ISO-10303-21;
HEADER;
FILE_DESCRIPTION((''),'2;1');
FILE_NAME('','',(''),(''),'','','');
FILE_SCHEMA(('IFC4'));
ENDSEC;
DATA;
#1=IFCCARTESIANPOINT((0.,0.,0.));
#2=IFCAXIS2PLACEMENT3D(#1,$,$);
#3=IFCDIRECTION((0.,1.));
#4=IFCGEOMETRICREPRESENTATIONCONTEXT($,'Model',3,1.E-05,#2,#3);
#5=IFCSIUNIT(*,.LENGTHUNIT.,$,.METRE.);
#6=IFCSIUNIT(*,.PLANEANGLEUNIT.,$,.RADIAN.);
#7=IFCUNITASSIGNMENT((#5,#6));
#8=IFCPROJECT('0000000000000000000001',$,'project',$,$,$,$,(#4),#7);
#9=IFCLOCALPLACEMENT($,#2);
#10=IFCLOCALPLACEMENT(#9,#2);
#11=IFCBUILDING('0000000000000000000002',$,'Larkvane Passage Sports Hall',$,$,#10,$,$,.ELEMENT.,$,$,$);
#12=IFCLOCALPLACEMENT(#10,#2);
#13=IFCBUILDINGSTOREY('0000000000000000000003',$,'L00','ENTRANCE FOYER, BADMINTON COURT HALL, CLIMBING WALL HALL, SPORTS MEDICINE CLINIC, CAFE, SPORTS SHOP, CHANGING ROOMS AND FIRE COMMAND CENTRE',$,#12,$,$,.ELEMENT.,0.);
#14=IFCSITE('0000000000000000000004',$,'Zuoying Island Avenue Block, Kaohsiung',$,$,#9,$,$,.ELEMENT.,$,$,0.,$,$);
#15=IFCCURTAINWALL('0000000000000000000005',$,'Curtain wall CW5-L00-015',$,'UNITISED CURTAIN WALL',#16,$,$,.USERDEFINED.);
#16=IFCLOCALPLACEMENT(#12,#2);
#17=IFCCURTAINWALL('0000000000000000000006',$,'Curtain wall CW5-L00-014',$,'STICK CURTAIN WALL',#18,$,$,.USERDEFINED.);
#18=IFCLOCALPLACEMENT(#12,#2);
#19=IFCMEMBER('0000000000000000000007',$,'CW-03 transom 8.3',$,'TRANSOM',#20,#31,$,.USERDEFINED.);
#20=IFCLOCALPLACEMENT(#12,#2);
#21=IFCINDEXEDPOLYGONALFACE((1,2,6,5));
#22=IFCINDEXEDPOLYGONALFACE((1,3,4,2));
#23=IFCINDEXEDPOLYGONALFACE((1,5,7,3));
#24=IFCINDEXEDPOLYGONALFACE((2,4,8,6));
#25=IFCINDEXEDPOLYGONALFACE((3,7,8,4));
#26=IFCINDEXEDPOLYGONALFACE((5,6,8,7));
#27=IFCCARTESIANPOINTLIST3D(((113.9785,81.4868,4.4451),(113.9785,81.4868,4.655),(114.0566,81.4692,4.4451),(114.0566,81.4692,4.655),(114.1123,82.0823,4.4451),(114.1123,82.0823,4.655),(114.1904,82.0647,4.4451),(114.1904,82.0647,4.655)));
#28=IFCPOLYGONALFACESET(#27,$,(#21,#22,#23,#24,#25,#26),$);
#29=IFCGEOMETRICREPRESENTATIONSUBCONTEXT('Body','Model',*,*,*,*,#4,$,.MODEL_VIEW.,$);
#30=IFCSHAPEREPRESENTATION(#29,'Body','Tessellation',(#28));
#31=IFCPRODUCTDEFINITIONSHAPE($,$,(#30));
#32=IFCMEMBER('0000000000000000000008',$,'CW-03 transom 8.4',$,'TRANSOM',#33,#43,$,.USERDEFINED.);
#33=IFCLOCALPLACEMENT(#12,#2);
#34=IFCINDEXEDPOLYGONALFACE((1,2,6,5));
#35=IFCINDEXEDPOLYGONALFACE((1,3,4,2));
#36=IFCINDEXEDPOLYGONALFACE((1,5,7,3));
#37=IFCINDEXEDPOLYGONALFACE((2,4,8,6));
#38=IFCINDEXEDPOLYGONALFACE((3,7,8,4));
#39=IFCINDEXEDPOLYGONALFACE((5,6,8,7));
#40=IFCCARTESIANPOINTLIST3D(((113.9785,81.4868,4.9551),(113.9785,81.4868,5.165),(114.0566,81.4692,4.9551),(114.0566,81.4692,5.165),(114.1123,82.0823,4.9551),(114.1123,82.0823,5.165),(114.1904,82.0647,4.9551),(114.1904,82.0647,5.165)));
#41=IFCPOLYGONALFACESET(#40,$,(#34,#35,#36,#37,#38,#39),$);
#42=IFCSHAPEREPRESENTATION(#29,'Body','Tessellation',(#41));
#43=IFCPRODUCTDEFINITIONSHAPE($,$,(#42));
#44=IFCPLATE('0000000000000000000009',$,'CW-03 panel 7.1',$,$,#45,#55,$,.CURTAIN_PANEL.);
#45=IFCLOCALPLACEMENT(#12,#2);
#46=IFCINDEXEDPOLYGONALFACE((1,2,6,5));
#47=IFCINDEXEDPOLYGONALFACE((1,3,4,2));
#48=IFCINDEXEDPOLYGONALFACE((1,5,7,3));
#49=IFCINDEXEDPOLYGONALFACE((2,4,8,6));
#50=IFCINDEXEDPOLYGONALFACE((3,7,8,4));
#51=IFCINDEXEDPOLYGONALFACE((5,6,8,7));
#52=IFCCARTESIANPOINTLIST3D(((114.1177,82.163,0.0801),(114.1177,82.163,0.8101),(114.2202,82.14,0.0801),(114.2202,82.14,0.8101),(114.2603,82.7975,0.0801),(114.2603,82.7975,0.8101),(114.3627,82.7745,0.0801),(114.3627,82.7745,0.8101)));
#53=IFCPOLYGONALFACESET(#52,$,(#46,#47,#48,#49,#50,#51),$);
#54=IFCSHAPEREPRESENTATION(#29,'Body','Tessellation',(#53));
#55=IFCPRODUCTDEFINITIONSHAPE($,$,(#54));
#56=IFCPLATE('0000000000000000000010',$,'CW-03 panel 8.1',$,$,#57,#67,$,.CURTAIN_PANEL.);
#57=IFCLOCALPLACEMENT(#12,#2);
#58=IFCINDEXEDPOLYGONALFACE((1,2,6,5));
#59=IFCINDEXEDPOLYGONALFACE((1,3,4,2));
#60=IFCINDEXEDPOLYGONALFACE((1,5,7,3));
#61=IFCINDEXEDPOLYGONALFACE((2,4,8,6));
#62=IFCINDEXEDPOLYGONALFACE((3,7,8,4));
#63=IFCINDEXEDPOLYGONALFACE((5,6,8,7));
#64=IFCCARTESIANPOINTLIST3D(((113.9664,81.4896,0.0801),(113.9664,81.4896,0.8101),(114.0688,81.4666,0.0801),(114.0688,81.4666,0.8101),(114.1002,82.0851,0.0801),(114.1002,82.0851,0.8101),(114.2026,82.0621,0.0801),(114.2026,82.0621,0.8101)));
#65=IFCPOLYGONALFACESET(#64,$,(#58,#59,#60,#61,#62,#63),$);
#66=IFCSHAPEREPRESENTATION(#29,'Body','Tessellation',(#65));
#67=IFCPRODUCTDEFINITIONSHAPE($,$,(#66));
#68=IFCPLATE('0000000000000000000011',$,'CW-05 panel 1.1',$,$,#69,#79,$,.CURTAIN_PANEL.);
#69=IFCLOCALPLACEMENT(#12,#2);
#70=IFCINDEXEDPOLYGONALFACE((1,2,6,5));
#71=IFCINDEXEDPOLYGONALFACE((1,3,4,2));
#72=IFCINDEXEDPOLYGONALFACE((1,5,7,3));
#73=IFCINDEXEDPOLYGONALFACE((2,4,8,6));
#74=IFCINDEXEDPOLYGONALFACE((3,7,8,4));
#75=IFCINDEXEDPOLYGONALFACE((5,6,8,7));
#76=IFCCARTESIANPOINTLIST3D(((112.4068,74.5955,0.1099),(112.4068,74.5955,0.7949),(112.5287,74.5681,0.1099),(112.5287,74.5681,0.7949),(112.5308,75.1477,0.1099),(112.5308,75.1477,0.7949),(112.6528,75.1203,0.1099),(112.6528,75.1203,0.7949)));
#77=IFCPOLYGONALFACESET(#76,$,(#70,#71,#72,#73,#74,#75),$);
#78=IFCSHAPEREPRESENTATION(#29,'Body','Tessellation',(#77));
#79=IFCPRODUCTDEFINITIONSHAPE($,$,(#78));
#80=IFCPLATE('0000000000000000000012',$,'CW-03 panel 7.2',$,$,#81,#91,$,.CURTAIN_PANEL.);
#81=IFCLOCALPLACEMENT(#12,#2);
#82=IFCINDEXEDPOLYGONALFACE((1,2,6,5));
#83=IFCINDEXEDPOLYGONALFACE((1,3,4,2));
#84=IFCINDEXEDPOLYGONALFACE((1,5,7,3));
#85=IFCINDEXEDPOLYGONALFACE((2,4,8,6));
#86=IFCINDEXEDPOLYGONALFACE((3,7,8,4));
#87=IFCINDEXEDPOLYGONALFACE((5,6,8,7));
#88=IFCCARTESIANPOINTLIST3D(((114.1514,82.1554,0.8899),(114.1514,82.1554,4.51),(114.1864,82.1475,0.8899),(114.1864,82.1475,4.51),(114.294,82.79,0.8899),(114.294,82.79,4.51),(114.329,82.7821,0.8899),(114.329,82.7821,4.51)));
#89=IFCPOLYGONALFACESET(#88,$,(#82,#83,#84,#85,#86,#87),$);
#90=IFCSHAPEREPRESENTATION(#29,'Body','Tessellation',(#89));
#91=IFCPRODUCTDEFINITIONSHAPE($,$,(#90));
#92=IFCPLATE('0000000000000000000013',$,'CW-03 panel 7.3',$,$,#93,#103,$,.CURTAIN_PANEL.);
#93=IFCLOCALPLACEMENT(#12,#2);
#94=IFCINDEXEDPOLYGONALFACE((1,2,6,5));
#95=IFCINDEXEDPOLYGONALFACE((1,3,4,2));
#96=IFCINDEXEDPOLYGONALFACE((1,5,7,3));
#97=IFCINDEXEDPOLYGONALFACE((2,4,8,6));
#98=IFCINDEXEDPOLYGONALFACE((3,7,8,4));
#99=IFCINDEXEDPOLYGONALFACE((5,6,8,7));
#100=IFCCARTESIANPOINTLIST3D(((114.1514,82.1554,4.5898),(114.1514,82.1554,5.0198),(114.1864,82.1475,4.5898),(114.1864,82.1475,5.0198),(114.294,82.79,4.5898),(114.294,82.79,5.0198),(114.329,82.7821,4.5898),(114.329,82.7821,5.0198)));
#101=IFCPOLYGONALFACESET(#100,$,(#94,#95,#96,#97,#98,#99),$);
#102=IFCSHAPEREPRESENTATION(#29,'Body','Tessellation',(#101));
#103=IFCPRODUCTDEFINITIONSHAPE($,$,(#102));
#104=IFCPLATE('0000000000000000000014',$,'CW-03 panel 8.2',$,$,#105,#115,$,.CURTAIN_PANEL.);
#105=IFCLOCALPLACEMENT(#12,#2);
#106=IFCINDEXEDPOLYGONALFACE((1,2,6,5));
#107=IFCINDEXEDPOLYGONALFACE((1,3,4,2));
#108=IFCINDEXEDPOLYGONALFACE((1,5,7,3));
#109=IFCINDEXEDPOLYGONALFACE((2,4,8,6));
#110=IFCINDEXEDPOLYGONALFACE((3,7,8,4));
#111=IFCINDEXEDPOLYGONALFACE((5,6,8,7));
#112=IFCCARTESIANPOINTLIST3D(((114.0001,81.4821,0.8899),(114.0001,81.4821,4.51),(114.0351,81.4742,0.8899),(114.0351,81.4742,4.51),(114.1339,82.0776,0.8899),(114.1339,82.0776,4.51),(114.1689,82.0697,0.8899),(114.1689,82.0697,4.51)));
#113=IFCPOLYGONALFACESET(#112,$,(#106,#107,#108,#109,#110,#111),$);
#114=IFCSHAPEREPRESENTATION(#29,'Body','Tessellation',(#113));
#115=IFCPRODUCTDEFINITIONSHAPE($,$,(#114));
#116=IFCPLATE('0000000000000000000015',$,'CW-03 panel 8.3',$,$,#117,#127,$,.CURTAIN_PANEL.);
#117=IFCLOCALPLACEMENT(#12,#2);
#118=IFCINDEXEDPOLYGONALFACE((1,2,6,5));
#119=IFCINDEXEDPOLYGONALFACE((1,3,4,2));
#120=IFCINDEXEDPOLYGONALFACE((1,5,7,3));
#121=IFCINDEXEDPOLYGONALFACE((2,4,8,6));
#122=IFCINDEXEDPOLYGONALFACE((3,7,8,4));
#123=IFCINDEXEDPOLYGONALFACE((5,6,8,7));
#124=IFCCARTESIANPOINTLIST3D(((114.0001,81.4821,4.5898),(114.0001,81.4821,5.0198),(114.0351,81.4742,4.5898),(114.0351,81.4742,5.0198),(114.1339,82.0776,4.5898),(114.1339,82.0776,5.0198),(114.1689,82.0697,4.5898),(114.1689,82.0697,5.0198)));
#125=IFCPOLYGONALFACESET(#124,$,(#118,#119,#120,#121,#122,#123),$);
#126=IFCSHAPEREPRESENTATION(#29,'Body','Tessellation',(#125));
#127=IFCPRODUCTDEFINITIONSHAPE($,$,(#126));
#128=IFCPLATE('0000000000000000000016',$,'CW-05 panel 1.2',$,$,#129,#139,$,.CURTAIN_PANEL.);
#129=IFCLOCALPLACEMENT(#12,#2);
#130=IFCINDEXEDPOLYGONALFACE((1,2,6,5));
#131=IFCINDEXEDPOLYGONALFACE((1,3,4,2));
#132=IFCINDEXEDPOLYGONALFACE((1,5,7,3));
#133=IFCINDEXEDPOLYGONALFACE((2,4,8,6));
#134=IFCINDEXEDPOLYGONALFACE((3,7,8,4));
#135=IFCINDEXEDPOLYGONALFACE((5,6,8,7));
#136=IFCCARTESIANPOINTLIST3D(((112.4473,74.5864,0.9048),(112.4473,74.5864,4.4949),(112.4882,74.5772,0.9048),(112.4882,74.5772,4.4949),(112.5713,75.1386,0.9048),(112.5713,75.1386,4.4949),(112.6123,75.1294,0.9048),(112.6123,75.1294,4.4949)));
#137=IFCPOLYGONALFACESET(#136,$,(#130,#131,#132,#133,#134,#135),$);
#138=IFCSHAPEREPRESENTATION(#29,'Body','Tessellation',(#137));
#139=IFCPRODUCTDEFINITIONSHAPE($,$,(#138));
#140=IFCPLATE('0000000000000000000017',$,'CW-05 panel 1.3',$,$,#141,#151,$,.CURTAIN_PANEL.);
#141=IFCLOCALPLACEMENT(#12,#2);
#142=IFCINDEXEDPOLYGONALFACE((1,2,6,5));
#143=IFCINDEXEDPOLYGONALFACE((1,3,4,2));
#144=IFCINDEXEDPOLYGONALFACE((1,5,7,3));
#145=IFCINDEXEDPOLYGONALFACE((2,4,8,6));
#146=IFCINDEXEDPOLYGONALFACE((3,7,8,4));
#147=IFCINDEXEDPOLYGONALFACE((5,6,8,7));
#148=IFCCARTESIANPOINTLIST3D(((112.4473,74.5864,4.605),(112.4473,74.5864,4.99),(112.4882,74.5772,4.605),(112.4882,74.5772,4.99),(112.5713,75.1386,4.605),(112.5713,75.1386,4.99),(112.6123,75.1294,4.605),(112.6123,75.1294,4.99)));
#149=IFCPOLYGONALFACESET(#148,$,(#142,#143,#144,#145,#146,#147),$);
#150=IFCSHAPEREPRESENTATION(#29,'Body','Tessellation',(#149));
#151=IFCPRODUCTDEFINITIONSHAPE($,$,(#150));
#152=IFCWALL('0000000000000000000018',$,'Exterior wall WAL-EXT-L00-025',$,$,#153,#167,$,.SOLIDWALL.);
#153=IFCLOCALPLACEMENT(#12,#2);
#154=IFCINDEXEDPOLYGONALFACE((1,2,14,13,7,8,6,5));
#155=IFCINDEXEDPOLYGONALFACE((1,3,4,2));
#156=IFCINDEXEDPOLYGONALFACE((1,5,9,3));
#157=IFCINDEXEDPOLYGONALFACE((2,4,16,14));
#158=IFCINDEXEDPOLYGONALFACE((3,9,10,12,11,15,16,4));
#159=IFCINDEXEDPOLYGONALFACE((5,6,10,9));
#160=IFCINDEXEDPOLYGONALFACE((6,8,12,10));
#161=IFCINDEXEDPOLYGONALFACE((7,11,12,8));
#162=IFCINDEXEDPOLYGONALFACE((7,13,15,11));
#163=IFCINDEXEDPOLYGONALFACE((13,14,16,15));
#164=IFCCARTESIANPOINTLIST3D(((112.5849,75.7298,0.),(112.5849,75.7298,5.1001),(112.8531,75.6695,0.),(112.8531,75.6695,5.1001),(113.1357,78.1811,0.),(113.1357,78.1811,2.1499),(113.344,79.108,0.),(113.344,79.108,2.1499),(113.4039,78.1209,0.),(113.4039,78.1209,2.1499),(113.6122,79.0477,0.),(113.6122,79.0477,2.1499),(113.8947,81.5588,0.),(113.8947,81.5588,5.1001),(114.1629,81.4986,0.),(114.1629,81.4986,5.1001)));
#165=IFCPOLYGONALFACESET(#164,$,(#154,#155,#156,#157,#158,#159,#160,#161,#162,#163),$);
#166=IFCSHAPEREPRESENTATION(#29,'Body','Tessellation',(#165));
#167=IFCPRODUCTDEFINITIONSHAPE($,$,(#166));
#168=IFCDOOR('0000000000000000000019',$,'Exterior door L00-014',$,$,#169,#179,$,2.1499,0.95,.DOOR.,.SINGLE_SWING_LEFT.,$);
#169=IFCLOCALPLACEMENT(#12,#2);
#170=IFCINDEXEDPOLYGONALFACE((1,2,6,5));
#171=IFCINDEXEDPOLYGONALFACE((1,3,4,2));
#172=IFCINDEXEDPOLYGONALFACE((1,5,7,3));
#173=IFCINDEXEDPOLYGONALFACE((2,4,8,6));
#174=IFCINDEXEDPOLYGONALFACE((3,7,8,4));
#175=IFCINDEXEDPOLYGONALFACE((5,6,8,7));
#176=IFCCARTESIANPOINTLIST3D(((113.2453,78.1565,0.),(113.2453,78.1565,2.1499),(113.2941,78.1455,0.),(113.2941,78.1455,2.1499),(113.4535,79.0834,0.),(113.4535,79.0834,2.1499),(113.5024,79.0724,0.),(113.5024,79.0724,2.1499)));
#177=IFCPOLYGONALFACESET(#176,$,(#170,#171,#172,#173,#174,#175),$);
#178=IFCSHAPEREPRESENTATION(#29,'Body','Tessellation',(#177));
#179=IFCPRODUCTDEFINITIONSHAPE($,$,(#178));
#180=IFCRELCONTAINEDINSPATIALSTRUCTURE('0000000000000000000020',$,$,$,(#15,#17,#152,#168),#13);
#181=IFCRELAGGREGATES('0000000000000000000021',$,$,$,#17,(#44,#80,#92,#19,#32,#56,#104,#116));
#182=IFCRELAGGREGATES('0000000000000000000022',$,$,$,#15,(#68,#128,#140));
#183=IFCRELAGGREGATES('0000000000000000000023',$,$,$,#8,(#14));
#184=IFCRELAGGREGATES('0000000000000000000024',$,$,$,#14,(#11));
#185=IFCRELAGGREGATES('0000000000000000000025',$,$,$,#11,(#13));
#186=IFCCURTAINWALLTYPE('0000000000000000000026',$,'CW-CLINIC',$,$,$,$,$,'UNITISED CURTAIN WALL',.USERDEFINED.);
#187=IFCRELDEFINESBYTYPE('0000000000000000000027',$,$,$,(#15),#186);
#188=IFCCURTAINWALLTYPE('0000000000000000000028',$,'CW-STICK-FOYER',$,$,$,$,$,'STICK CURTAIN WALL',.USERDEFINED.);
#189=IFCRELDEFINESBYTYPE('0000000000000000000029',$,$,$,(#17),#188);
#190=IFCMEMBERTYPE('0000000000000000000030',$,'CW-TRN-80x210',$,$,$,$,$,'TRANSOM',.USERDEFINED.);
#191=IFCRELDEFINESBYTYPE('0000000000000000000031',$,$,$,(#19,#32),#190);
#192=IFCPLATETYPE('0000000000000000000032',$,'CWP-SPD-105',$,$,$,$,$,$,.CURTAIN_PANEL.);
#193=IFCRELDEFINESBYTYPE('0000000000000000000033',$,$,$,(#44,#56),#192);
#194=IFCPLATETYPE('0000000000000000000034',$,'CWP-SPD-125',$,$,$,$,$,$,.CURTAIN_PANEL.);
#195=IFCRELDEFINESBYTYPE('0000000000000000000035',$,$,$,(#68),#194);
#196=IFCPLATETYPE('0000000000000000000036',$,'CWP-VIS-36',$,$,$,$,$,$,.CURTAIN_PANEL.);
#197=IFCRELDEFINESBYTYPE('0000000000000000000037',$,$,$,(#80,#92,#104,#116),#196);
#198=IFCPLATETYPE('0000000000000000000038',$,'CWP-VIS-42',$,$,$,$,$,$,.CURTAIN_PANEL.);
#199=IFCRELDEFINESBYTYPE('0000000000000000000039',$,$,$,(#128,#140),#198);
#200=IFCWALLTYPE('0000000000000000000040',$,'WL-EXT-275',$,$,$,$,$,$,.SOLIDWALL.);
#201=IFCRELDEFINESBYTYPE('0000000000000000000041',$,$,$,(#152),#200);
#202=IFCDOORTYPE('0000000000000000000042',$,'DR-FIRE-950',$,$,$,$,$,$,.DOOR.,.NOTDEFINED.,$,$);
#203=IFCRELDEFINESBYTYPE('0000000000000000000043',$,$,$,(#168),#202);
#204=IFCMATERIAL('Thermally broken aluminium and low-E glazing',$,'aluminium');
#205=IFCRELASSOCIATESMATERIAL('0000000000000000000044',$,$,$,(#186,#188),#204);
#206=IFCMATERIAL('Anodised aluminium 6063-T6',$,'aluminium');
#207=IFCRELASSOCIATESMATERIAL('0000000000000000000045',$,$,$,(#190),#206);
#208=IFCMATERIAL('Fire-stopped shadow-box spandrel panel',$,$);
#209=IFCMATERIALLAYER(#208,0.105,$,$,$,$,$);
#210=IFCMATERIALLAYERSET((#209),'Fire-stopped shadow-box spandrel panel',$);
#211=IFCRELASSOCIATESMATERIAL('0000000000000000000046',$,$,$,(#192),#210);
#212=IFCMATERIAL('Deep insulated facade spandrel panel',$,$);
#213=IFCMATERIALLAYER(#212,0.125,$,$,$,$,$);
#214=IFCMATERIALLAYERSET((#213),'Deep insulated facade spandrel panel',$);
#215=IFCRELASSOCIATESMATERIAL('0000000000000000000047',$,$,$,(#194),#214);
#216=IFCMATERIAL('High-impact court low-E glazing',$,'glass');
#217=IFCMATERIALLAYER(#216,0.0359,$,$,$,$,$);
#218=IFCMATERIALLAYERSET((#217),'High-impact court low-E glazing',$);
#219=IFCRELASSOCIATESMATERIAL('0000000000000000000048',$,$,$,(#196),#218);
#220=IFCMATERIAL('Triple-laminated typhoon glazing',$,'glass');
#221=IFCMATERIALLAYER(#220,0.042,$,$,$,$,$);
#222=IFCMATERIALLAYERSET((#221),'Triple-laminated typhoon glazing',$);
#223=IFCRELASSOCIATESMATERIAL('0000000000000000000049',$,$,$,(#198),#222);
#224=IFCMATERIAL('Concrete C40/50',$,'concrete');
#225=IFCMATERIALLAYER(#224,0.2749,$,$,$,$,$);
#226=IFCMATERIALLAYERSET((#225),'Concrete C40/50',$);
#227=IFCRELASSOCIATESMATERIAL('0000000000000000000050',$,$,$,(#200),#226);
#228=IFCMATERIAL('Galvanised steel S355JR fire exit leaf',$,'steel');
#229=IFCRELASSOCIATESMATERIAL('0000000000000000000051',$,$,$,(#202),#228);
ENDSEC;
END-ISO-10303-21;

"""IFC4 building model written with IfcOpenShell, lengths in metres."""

from ifc_helpers import new_model, si_unit, direction, frame, frame_2d, origin, origin_2d, place, context, subcontext, project, spatial, rectangle, extrude, material, layer, layer_set, material_profile, profile_set, type_object, element, fill, aggregate, save


model = new_model("IFC4")

# Units and contexts
model_context = context("Model", 3, precision=1e-05, world=origin(), true_north=direction((0.0, 1.0)))
body_context = subcontext(model_context, "Body", "Model", "MODEL_VIEW")
ifc_project = project(units=[si_unit("LENGTHUNIT", "METRE"), si_unit("PLANEANGLEUNIT", "RADIAN")], contexts=[model_context])

# Site, building, storey
site_placement = place(None, origin())
site = spatial("IfcSite", under=ifc_project, at=site_placement, Name="Zuoying Island Avenue Block, Kaohsiung", CompositionType="ELEMENT", RefElevation=0.0)
building_placement = place(site_placement, origin())
building = spatial("IfcBuilding", under=site, at=building_placement, Name="Larkvane Passage Sports Hall", CompositionType="ELEMENT")
storey_placement = place(building_placement, origin())
storey = spatial("IfcBuildingStorey", under=building, at=storey_placement, Name="L00", Description="ENTRANCE FOYER, BADMINTON COURT HALL, CLIMBING WALL HALL, SPORTS MEDICINE CLINIC, CAFE, SPORTS SHOP, CHANGING ROOMS AND FIRE COMMAND CENTRE", CompositionType="ELEMENT", Elevation=0.0)

# Curtain walls
ifc_material_1 = material(Name="Thermally broken aluminium and low-E glazing", Category="aluminium")
curtain_wall_type_1 = type_object("IfcCurtainWallType", Name="CW-CLINIC", ElementType="UNITISED CURTAIN WALL", PredefinedType="USERDEFINED", material=ifc_material_1)
curtain_wall_1_placement = place(storey_placement, origin())
curtain_wall_1 = element("IfcCurtainWall", 1, at=curtain_wall_1_placement, inside=storey, type_object=curtain_wall_type_1, Name="Curtain wall CW5-L00-015", ObjectType="UNITISED CURTAIN WALL", PredefinedType="USERDEFINED")
ifc_material_2 = material(Name="Anodised aluminium 6063-T6", Category="aluminium")
curtain_wall_type_2 = type_object("IfcCurtainWallType", Name="CW-STICK-FOYER", ElementType="STICK CURTAIN WALL", PredefinedType="USERDEFINED", material=ifc_material_1)
curtain_wall_2_placement = place(storey_placement, origin())
curtain_wall_2 = element("IfcCurtainWall", 2, at=curtain_wall_2_placement, inside=storey, type_object=curtain_wall_type_2, Name="Curtain wall CW5-L00-014", ObjectType="STICK CURTAIN WALL", PredefinedType="USERDEFINED")

# Members
ifc_material_profile_1 = material_profile(ifc_material_2, rectangle(XDim=0.0801, YDim=0.21, at=origin_2d()), Name="ALU-TRN-80x210")
ifc_profile_set_1 = profile_set([ifc_material_profile_1], Name="Anodised aluminium 6063-T6")
member_type_1 = type_object("IfcMemberType", Name="CW-TRN-80x210", ElementType="TRANSOM", PredefinedType="USERDEFINED", material=ifc_profile_set_1)
member_1_placement = place(storey_placement, frame((114.1514, 82.0735, 4.55), z_axis=(-0.219217, -0.975676, 0.0), x_axis=(0.975676, -0.219217, 0.0)))
member_1 = element("IfcMember", 3, at=member_1_placement, type_object=member_type_1, Name="CW-03 transom 8.3", ObjectType="TRANSOM", PredefinedType="USERDEFINED", context=body_context, shape_type="SweptSolid", body=[
    extrude(rectangle(XDim=0.0801, YDim=0.21, at=origin_2d()), origin(), (0.0, 0.0, 1.0), 0.6104),
])
member_2_placement = place(storey_placement, frame((114.1514, 82.0735, 5.0601), z_axis=(-0.219217, -0.975676, 0.0), x_axis=(0.975676, -0.219217, 0.0)))
member_2 = element("IfcMember", 4, at=member_2_placement, type_object=member_type_1, Name="CW-03 transom 8.4", ObjectType="TRANSOM", PredefinedType="USERDEFINED", context=body_context, shape_type="SweptSolid", body=[
    extrude(rectangle(XDim=0.0801, YDim=0.21, at=origin_2d()), origin(), (0.0, 0.0, 1.0), 0.6104),
])

# Plates
ifc_material_3 = material(Name="Fire-stopped shadow-box spandrel panel")
ifc_layer_1 = layer(ifc_material_3, 0.105)
ifc_layer_set_1 = layer_set([ifc_layer_1], Name="Fire-stopped shadow-box spandrel panel")
plate_type_1 = type_object("IfcPlateType", Name="CWP-SPD-105", PredefinedType="CURTAIN_PANEL", material=ifc_layer_set_1)
plate_1_placement = place(storey_placement, frame((114.2402, 82.4688, 0.0801), z_axis=(0.0, 0.0, 1.0), x_axis=(-0.219244, -0.97567, 0.0)))
plate_1 = element("IfcPlate", 5, at=plate_1_placement, type_object=plate_type_1, Name="CW-03 panel 7.1", PredefinedType="CURTAIN_PANEL", context=body_context, shape_type="SweptSolid", body=[
    extrude(rectangle(XDim=0.6504, YDim=0.105, at=origin_2d()), origin(), (0.0, 0.0, 1.0), 0.73),
])
plate_2_placement = place(storey_placement, frame((114.0845, 81.7759, 0.0801), z_axis=(0.0, 0.0, 1.0), x_axis=(-0.219244, -0.97567, 0.0)))
plate_2 = element("IfcPlate", 6, at=plate_2_placement, type_object=plate_type_1, Name="CW-03 panel 8.1", PredefinedType="CURTAIN_PANEL", context=body_context, shape_type="SweptSolid", body=[
    extrude(rectangle(XDim=0.6104, YDim=0.105, at=origin_2d()), origin(), (0.0, 0.0, 1.0), 0.73),
])
ifc_material_4 = material(Name="Deep insulated facade spandrel panel")
ifc_layer_2 = layer(ifc_material_4, 0.125)
ifc_layer_set_2 = layer_set([ifc_layer_2], Name="Deep insulated facade spandrel panel")
plate_type_2 = type_object("IfcPlateType", Name="CWP-SPD-125", PredefinedType="CURTAIN_PANEL", material=ifc_layer_set_2)
plate_3_placement = place(storey_placement, frame((112.5298, 74.8579, 0.1099), z_axis=(0.0, 0.0, 1.0), x_axis=(-0.219244, -0.97567, 0.0)))
plate_3 = element("IfcPlate", 7, at=plate_3_placement, type_object=plate_type_2, Name="CW-05 panel 1.1", PredefinedType="CURTAIN_PANEL", context=body_context, shape_type="SweptSolid", body=[
    extrude(rectangle(XDim=0.5659, YDim=0.125, at=origin_2d()), origin(), (0.0, 0.0, 1.0), 0.6851),
])
ifc_material_5 = material(Name="High-impact court low-E glazing", Category="glass")
ifc_layer_3 = layer(ifc_material_5, 0.0359)
ifc_layer_set_3 = layer_set([ifc_layer_3], Name="High-impact court low-E glazing")
plate_type_3 = type_object("IfcPlateType", Name="CWP-VIS-36", PredefinedType="CURTAIN_PANEL", material=ifc_layer_set_3)
plate_4_placement = place(storey_placement, frame((114.2402, 82.4688, 0.8899), z_axis=(0.0, 0.0, 1.0), x_axis=(-0.219244, -0.97567, 0.0)))
plate_4 = element("IfcPlate", 8, at=plate_4_placement, type_object=plate_type_3, Name="CW-03 panel 7.2", PredefinedType="CURTAIN_PANEL", context=body_context, shape_type="SweptSolid", body=[
    extrude(rectangle(XDim=0.6504, YDim=0.0359, at=origin_2d()), origin(), (0.0, 0.0, 1.0), 3.6201),
])
plate_5_placement = place(storey_placement, frame((114.2402, 82.4688, 4.5898), z_axis=(0.0, 0.0, 1.0), x_axis=(-0.219244, -0.97567, 0.0)))
plate_5 = element("IfcPlate", 9, at=plate_5_placement, type_object=plate_type_3, Name="CW-03 panel 7.3", PredefinedType="CURTAIN_PANEL", context=body_context, shape_type="SweptSolid", body=[
    extrude(rectangle(XDim=0.6504, YDim=0.0359, at=origin_2d()), origin(), (0.0, 0.0, 1.0), 0.4299),
])
plate_6_placement = place(storey_placement, frame((114.0845, 81.7759, 0.8899), z_axis=(0.0, 0.0, 1.0), x_axis=(-0.219244, -0.97567, 0.0)))
plate_6 = element("IfcPlate", 10, at=plate_6_placement, type_object=plate_type_3, Name="CW-03 panel 8.2", PredefinedType="CURTAIN_PANEL", context=body_context, shape_type="SweptSolid", body=[
    extrude(rectangle(XDim=0.6104, YDim=0.0359, at=origin_2d()), origin(), (0.0, 0.0, 1.0), 3.6201),
])
plate_7_placement = place(storey_placement, frame((114.0845, 81.7759, 4.5898), z_axis=(0.0, 0.0, 1.0), x_axis=(-0.219244, -0.97567, 0.0)))
plate_7 = element("IfcPlate", 11, at=plate_7_placement, type_object=plate_type_3, Name="CW-03 panel 8.3", PredefinedType="CURTAIN_PANEL", context=body_context, shape_type="SweptSolid", body=[
    extrude(rectangle(XDim=0.6104, YDim=0.0359, at=origin_2d()), origin(), (0.0, 0.0, 1.0), 0.4299),
])
aggregate(curtain_wall_2, [plate_1, plate_4, plate_5, member_1, member_2, plate_2, plate_6, plate_7])
ifc_material_6 = material(Name="Triple-laminated typhoon glazing", Category="glass")
ifc_layer_4 = layer(ifc_material_6, 0.042)
ifc_layer_set_4 = layer_set([ifc_layer_4], Name="Triple-laminated typhoon glazing")
plate_type_4 = type_object("IfcPlateType", Name="CWP-VIS-42", PredefinedType="CURTAIN_PANEL", material=ifc_layer_set_4)
plate_8_placement = place(storey_placement, frame((112.5298, 74.8579, 0.9048), z_axis=(0.0, 0.0, 1.0), x_axis=(-0.219244, -0.97567, 0.0)))
plate_8 = element("IfcPlate", 12, at=plate_8_placement, type_object=plate_type_4, Name="CW-05 panel 1.2", PredefinedType="CURTAIN_PANEL", context=body_context, shape_type="SweptSolid", body=[
    extrude(rectangle(XDim=0.5659, YDim=0.042, at=origin_2d()), origin(), (0.0, 0.0, 1.0), 3.5901),
])
plate_9_placement = place(storey_placement, frame((112.5298, 74.8579, 4.605), z_axis=(0.0, 0.0, 1.0), x_axis=(-0.219244, -0.97567, 0.0)))
plate_9 = element("IfcPlate", 13, at=plate_9_placement, type_object=plate_type_4, Name="CW-05 panel 1.3", PredefinedType="CURTAIN_PANEL", context=body_context, shape_type="SweptSolid", body=[
    extrude(rectangle(XDim=0.5659, YDim=0.042, at=origin_2d()), origin(), (0.0, 0.0, 1.0), 0.385),
])
aggregate(curtain_wall_1, [plate_3, plate_8, plate_9])

# Wall, opening, door
ifc_material_7 = material(Name="Concrete C40/50", Category="concrete")
ifc_layer_5 = layer(ifc_material_7, 0.2749)
ifc_layer_set_5 = layer_set([ifc_layer_5], Name="Concrete C40/50")
wall_type = type_object("IfcWallType", Name="WL-EXT-275", PredefinedType="SOLIDWALL", material=ifc_layer_set_5)
wall_placement = place(storey_placement, frame((114.0288, 81.5288, 0.0), z_axis=(0.0, 0.0, 1.0), x_axis=(-0.219236, -0.975672, 0.0)))
wall = element("IfcWall", 14, at=wall_placement, inside=storey, type_object=wall_type, Name="Exterior wall WAL-EXT-L00-025", PredefinedType="SOLIDWALL", context=body_context, shape_type="SweptSolid", body=[
    extrude(rectangle(XDim=5.9744, YDim=0.2749, at=frame_2d((2.9873, 0.0))), origin(), (0.0, 0.0, 1.0), 5.1001),
])
opening_placement = place(wall_placement, frame((2.512, 0.0, 0.0)))
opening = element("IfcOpeningElement", 15, at=opening_placement, cuts=wall, PredefinedType="OPENING", context=body_context, shape_type="SweptSolid", body=[
    extrude(rectangle(XDim=0.95, YDim=2.1499, at=frame_2d((0.4751, 1.075))), frame((0.0, 0.1475, 0.0), z_axis=(0.0, -1.0, 0.0), x_axis=(1.0, 0.0, 0.0)), (0.0, 0.0, 1.0), 0.2949),
])
ifc_material_8 = material(Name="Galvanised steel S355JR fire exit leaf", Category="steel")
door_type = type_object("IfcDoorType", Name="DR-FIRE-950", OperationType="NOTDEFINED", PredefinedType="DOOR", material=ifc_material_8)
door_placement = place(opening_placement, origin())
door = element("IfcDoor", 16, at=door_placement, inside=storey, type_object=door_type, Name="Exterior door L00-014", OperationType="SINGLE_SWING_LEFT", OverallHeight=2.1499, OverallWidth=0.95, PredefinedType="DOOR", context=body_context, shape_type="SweptSolid", body=[
    extrude(rectangle(XDim=0.95, YDim=2.1499, at=frame_2d((0.4751, 1.075))), frame((0.0, 0.0249, 0.0), z_axis=(0.0, -1.0, 0.0), x_axis=(1.0, 0.0, 0.0)), (0.0, 0.0, 1.0), 0.05),
])
fill(opening, door)

save(model, "model.ifc")
